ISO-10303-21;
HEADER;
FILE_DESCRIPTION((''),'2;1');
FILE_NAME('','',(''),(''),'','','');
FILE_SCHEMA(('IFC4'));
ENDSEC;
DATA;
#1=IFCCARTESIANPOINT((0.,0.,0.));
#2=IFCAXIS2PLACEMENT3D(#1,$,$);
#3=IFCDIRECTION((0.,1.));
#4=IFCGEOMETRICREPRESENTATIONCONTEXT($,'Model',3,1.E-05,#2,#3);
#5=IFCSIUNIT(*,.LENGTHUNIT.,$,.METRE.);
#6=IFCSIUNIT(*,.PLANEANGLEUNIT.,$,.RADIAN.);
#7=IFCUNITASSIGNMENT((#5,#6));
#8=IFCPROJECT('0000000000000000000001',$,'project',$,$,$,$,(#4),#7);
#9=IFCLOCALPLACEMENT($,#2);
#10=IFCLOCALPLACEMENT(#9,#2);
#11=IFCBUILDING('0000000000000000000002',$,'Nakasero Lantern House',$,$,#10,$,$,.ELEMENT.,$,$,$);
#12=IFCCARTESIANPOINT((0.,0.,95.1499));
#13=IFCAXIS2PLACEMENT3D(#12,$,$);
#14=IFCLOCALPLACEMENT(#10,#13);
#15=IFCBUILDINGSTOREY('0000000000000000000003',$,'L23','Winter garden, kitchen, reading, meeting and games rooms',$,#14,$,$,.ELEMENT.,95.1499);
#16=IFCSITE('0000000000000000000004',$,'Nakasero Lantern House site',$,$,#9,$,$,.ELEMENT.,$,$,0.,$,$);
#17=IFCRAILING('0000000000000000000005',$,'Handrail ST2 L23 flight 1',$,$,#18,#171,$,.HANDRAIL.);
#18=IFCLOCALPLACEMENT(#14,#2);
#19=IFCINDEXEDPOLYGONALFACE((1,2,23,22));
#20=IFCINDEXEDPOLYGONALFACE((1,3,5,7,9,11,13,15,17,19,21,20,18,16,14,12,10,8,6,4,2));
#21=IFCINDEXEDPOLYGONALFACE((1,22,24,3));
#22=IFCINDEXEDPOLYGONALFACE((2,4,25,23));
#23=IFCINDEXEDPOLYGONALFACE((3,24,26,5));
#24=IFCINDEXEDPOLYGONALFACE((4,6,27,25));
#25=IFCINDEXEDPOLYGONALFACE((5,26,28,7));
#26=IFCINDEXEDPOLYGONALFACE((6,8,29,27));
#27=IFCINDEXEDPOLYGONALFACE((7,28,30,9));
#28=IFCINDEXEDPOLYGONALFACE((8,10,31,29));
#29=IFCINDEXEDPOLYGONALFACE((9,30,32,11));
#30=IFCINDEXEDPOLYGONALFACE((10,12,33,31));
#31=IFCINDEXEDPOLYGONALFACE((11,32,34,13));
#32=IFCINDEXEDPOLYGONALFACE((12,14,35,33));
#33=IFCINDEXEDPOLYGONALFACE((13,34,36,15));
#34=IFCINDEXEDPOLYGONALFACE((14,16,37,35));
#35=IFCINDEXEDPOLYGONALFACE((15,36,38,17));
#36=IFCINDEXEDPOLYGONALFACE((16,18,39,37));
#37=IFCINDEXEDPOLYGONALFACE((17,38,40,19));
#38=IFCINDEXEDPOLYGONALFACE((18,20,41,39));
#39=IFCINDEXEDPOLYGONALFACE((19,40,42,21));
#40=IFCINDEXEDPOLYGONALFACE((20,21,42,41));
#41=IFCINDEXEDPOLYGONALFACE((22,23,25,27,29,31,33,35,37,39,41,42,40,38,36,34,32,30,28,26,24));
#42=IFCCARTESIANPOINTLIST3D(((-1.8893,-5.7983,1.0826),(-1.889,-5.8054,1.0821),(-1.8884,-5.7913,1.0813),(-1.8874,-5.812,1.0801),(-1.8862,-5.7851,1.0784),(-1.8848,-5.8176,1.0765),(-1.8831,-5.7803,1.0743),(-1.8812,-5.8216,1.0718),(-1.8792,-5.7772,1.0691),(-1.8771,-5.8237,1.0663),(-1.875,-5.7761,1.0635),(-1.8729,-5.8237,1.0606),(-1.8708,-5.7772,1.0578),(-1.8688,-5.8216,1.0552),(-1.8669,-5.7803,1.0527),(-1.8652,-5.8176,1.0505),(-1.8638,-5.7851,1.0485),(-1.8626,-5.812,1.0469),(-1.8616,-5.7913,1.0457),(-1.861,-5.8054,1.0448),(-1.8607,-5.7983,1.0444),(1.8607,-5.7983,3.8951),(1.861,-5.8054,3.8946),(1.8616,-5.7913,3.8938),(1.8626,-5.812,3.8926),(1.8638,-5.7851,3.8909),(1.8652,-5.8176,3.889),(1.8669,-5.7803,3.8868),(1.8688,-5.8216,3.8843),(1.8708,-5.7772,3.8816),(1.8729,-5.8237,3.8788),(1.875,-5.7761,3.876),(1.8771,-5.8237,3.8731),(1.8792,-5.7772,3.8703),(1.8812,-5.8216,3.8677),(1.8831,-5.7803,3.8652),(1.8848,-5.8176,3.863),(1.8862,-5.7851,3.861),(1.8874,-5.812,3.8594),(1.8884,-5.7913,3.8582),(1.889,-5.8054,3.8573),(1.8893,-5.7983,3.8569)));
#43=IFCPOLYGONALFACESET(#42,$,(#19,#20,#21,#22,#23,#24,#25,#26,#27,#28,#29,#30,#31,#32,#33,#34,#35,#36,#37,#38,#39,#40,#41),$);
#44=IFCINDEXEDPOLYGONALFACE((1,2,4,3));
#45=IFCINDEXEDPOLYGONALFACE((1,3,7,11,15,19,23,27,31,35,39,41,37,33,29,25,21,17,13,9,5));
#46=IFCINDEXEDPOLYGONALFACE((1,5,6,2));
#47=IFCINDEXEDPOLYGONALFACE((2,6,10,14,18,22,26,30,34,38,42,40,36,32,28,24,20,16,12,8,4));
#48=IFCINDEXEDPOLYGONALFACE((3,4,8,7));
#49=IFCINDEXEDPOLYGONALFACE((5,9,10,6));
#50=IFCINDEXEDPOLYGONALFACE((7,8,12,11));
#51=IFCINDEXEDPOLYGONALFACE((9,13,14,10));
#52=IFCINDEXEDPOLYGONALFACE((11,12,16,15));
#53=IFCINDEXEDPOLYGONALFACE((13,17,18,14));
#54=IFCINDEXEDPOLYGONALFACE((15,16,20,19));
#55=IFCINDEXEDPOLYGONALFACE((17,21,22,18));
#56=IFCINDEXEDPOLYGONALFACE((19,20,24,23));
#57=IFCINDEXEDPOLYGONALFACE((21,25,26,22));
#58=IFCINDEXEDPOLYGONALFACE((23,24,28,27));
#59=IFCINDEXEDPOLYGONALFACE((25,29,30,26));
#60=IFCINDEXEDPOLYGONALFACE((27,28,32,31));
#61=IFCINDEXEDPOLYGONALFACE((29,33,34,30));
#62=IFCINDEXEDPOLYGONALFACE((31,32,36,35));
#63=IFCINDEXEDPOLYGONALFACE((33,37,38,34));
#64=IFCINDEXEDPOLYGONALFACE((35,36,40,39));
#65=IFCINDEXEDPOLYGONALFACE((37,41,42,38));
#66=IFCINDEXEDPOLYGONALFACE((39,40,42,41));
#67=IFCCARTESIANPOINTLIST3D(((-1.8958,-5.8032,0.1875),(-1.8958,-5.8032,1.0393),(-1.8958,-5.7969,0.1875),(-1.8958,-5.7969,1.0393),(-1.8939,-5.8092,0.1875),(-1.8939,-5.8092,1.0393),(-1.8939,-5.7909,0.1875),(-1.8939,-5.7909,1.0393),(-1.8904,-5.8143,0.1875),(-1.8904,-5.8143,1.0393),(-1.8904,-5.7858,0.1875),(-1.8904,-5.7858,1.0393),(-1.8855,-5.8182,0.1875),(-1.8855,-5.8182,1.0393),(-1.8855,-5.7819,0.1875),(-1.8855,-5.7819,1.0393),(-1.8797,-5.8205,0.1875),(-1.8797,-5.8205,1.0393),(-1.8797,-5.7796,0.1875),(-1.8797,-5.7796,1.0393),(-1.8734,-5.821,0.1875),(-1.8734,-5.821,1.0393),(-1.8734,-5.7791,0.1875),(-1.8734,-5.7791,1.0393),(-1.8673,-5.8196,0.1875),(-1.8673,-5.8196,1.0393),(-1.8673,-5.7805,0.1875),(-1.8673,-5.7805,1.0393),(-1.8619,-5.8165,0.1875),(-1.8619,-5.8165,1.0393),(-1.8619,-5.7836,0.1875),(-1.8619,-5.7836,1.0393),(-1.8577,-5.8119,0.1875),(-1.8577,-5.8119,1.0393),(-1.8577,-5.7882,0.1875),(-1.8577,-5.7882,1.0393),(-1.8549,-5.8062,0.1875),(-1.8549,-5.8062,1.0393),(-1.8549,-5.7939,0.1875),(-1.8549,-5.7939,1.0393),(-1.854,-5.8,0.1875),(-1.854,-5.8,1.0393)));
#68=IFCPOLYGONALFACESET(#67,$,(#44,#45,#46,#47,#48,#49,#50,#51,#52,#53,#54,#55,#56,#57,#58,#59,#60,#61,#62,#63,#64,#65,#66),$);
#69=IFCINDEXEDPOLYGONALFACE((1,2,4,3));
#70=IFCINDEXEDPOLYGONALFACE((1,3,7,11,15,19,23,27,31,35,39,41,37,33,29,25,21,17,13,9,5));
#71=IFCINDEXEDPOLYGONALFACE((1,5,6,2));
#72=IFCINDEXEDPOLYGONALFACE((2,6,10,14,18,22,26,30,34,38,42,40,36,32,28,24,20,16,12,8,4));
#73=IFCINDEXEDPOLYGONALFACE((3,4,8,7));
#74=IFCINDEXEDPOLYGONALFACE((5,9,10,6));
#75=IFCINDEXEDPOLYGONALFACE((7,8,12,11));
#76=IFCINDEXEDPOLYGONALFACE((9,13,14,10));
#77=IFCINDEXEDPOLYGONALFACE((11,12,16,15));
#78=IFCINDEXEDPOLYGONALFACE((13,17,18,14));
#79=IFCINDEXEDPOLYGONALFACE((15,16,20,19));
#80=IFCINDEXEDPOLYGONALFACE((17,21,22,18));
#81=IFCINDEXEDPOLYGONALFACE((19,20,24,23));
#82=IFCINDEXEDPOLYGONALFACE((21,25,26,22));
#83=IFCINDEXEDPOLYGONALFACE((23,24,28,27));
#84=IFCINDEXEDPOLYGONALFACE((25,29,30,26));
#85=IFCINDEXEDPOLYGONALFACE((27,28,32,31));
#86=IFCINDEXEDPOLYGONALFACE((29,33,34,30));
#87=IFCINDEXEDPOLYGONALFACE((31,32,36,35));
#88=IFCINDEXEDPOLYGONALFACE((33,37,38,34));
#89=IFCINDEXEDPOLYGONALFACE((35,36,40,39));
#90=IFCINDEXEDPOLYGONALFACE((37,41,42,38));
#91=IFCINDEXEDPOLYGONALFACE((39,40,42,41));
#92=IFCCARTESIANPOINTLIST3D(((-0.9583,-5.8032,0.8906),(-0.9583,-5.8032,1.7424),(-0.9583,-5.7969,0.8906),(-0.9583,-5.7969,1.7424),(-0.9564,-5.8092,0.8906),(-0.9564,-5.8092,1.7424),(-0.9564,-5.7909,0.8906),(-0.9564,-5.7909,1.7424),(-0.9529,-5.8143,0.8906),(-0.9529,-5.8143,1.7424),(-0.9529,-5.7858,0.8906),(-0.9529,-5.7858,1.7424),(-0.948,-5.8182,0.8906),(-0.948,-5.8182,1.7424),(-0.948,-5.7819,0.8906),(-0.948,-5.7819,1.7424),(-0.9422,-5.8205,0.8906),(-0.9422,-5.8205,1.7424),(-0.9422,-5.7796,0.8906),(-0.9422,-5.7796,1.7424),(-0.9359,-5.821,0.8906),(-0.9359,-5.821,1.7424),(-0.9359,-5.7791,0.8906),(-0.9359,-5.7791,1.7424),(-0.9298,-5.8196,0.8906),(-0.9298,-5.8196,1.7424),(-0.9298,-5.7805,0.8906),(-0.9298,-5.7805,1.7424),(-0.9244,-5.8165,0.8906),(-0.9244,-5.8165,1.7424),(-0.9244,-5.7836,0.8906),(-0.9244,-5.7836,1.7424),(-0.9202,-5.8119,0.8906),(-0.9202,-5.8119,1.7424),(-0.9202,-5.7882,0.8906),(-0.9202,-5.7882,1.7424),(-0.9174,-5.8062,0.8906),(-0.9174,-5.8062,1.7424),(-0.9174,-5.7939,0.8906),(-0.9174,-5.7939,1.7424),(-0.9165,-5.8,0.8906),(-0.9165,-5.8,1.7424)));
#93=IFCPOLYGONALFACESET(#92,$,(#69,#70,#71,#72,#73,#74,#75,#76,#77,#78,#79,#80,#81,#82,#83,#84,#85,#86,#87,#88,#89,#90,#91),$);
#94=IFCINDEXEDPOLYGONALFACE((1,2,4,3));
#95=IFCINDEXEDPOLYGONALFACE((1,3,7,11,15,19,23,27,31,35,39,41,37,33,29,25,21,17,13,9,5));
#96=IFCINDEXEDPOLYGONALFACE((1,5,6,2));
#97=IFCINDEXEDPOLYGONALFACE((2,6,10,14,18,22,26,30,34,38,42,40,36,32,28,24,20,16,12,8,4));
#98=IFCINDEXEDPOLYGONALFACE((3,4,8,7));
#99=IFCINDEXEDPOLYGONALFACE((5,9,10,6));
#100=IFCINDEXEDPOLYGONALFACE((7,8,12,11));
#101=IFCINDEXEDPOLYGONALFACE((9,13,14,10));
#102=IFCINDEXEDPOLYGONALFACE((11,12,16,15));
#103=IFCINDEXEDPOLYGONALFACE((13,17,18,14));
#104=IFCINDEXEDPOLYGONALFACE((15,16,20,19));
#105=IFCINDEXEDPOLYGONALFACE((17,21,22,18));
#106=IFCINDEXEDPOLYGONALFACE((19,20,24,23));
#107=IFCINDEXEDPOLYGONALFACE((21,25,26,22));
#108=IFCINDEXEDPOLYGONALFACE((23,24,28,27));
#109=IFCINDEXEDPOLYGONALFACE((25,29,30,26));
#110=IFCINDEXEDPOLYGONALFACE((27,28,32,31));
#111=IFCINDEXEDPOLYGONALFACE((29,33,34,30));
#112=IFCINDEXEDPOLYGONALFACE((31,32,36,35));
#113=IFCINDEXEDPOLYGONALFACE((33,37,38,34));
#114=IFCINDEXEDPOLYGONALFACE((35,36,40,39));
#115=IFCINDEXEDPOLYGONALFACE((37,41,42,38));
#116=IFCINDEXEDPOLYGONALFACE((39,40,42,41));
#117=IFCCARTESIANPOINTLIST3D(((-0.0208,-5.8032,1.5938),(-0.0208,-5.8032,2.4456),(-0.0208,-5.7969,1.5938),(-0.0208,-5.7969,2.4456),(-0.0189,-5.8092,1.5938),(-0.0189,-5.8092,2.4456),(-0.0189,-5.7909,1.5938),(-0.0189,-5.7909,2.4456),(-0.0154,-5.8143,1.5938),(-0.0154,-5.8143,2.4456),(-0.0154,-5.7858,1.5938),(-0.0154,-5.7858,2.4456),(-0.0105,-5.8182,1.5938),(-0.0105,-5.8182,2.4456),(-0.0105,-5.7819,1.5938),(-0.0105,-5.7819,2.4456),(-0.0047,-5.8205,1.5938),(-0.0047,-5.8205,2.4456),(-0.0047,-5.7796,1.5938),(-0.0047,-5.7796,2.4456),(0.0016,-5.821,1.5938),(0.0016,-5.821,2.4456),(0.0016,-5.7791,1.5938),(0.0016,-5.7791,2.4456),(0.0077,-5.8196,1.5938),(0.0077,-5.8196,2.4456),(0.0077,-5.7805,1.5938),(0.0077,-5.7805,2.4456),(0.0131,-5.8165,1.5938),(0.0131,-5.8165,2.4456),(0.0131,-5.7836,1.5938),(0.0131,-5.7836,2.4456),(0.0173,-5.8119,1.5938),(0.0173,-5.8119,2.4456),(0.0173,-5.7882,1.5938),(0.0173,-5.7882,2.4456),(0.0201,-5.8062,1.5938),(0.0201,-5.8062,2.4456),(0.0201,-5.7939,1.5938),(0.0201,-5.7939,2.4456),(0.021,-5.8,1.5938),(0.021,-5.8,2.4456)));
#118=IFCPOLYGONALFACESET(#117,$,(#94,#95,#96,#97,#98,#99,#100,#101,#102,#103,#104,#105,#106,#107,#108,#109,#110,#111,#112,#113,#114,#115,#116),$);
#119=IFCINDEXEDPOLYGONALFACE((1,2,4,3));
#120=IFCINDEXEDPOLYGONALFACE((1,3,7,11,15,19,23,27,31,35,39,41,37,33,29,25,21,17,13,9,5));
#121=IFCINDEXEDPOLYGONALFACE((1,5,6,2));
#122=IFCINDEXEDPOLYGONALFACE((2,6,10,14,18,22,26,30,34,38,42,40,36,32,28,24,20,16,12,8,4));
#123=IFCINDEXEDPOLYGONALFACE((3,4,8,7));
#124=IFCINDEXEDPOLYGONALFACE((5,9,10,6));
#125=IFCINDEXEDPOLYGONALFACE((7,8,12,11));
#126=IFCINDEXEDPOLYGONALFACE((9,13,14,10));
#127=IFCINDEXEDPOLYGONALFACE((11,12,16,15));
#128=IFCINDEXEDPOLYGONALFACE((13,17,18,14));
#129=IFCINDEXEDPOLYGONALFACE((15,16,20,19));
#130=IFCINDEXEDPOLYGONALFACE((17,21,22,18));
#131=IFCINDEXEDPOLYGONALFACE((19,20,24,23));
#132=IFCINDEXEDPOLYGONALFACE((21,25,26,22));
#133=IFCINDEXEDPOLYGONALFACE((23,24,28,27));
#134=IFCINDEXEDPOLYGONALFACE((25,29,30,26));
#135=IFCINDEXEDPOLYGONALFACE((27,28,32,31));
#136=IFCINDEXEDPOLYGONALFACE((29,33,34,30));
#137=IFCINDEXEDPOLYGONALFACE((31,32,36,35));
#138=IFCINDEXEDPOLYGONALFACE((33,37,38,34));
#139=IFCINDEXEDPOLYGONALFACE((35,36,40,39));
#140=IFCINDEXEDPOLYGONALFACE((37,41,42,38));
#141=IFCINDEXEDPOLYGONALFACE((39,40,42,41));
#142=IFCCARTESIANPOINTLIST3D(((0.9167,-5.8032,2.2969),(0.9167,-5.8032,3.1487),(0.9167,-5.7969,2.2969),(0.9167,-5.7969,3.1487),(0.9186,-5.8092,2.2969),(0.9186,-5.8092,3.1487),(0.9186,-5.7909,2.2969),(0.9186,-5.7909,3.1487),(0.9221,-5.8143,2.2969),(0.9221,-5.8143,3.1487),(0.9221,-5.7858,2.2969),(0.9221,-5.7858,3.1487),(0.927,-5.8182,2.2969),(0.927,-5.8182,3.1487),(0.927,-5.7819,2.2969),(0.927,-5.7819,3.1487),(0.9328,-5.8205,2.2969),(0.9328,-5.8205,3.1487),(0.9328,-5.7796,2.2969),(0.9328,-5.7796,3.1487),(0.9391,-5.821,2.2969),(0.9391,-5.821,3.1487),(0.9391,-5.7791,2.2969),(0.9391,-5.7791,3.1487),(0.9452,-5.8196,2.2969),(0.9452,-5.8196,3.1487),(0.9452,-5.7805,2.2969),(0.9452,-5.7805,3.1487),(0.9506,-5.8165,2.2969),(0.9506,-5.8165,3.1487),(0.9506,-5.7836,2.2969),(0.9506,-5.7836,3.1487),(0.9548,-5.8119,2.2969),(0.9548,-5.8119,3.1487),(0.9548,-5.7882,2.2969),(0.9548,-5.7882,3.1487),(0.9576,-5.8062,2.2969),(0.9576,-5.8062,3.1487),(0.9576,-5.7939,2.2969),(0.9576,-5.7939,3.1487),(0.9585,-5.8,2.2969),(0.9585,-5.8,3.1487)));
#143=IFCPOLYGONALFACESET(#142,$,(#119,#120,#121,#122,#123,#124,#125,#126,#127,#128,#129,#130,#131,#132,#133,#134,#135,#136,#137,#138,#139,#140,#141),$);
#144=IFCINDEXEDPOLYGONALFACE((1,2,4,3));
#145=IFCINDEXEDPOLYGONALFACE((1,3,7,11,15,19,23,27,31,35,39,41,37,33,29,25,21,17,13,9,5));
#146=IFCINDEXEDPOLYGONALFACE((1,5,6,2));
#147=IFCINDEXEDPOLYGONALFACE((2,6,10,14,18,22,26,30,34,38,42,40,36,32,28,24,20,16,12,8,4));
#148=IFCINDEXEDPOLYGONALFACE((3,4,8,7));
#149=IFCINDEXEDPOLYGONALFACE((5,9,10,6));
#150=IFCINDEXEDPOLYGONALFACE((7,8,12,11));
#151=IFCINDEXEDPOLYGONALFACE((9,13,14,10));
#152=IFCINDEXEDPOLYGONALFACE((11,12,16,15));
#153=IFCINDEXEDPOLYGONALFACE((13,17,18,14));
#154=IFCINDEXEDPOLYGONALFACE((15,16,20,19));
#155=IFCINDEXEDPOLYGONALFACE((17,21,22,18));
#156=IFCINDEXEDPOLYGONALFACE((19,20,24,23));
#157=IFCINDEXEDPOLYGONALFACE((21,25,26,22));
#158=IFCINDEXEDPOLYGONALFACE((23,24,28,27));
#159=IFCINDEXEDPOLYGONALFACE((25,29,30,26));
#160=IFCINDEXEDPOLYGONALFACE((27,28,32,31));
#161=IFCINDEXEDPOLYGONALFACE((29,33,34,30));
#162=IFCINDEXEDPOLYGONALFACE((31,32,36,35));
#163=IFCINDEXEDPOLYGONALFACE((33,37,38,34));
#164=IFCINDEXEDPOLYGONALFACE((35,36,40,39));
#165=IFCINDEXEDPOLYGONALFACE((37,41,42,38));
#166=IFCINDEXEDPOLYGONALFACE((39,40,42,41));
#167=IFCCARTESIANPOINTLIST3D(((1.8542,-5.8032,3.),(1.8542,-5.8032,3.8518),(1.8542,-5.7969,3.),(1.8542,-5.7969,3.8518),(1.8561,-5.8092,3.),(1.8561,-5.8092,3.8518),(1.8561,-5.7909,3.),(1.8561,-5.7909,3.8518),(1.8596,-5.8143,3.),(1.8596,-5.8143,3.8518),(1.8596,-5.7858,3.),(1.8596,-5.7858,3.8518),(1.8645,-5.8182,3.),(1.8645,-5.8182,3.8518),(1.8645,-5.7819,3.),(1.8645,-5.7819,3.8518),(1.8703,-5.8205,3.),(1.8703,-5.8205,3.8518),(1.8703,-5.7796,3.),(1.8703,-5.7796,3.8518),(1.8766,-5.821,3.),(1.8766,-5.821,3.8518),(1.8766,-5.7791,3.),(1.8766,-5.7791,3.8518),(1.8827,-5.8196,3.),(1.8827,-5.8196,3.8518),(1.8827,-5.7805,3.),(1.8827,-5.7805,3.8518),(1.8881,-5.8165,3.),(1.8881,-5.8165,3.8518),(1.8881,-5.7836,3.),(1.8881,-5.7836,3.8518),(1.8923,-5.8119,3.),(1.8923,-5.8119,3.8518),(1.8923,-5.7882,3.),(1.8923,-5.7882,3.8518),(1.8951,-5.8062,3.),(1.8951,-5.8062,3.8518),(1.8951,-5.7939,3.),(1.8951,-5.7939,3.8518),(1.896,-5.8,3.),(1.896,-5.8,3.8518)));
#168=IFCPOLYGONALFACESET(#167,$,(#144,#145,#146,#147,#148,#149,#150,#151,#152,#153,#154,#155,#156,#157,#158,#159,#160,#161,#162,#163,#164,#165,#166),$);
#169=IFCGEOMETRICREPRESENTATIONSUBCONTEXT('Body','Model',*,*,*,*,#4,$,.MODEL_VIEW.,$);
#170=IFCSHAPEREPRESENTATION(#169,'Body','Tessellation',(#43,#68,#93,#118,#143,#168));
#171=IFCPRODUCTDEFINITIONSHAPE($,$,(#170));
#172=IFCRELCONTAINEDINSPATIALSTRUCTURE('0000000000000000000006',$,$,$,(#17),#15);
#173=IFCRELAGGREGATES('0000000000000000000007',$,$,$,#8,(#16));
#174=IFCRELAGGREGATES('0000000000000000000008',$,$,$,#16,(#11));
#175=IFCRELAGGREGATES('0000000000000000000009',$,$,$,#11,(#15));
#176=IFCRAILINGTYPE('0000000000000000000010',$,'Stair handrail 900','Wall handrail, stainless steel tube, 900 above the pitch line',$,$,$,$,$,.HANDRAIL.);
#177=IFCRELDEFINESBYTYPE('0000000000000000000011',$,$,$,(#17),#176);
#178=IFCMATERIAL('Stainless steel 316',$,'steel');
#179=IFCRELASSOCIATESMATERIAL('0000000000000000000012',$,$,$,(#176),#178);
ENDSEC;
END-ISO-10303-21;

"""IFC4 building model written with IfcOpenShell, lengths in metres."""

from ifc_helpers import new_model, si_unit, direction, frame, origin, origin_2d, place, context, subcontext, project, spatial, circle, extrude, material, type_object, element, save


model = new_model("IFC4")

# Units and contexts
model_context = context("Model", 3, precision=1e-05, world=origin(), true_north=direction((0.0, 1.0)))
body_context = subcontext(model_context, "Body", "Model", "MODEL_VIEW")
ifc_project = project(units=[si_unit("LENGTHUNIT", "METRE"), si_unit("PLANEANGLEUNIT", "RADIAN")], contexts=[model_context])

# Site, building, storey
site_placement = place(None, origin())
site = spatial("IfcSite", under=ifc_project, at=site_placement, Name="Nakasero Lantern House site", CompositionType="ELEMENT", RefElevation=0.0)
building_placement = place(site_placement, origin())
building = spatial("IfcBuilding", under=site, at=building_placement, Name="Nakasero Lantern House", CompositionType="ELEMENT")
storey_placement = place(building_placement, frame((0.0, 0.0, 95.1499)))
storey = spatial("IfcBuildingStorey", under=building, at=storey_placement, Name="L23", Description="Winter garden, kitchen, reading, meeting and games rooms", CompositionType="ELEMENT", Elevation=95.1499)

# Railing
ifc_material_1 = material(Name="Stainless steel 316", Category="steel")
railing_type = type_object("IfcRailingType", Name="Stair handrail 900", Description="Wall handrail, stainless steel tube, 900 above the pitch line", PredefinedType="HANDRAIL", material=ifc_material_1)
railing_placement = place(storey_placement, frame((-1.875, -5.8, 0.1875)))
element("IfcRailing", 1, at=railing_placement, inside=storey, type_object=railing_type, Name="Handrail ST2 L23 flight 1", PredefinedType="HANDRAIL", context=body_context, shape_type="SweptSolid", body=[
    extrude(circle(Radius=0.0239, at=origin_2d()), frame((0.0, 0.0, 0.876), z_axis=(0.8, 0.0, 0.6), x_axis=(0.0, 1.0, 0.0)), (0.0, 0.0, 1.0), 4.6875),
    extrude(circle(Radius=0.021, at=origin_2d()), origin(), (0.0, 0.0, 1.0), 0.8518),
    extrude(circle(Radius=0.021, at=origin_2d()), frame((0.9375, 0.0, 0.7031)), (0.0, 0.0, 1.0), 0.8518),
    extrude(circle(Radius=0.021, at=origin_2d()), frame((1.875, 0.0, 1.4062)), (0.0, 0.0, 1.0), 0.8518),
    extrude(circle(Radius=0.021, at=origin_2d()), frame((2.8125, 0.0, 2.1094)), (0.0, 0.0, 1.0), 0.8518),
    extrude(circle(Radius=0.021, at=origin_2d()), frame((3.75, 0.0, 2.8125)), (0.0, 0.0, 1.0), 0.8518),
])

save(model, "model.ifc")
